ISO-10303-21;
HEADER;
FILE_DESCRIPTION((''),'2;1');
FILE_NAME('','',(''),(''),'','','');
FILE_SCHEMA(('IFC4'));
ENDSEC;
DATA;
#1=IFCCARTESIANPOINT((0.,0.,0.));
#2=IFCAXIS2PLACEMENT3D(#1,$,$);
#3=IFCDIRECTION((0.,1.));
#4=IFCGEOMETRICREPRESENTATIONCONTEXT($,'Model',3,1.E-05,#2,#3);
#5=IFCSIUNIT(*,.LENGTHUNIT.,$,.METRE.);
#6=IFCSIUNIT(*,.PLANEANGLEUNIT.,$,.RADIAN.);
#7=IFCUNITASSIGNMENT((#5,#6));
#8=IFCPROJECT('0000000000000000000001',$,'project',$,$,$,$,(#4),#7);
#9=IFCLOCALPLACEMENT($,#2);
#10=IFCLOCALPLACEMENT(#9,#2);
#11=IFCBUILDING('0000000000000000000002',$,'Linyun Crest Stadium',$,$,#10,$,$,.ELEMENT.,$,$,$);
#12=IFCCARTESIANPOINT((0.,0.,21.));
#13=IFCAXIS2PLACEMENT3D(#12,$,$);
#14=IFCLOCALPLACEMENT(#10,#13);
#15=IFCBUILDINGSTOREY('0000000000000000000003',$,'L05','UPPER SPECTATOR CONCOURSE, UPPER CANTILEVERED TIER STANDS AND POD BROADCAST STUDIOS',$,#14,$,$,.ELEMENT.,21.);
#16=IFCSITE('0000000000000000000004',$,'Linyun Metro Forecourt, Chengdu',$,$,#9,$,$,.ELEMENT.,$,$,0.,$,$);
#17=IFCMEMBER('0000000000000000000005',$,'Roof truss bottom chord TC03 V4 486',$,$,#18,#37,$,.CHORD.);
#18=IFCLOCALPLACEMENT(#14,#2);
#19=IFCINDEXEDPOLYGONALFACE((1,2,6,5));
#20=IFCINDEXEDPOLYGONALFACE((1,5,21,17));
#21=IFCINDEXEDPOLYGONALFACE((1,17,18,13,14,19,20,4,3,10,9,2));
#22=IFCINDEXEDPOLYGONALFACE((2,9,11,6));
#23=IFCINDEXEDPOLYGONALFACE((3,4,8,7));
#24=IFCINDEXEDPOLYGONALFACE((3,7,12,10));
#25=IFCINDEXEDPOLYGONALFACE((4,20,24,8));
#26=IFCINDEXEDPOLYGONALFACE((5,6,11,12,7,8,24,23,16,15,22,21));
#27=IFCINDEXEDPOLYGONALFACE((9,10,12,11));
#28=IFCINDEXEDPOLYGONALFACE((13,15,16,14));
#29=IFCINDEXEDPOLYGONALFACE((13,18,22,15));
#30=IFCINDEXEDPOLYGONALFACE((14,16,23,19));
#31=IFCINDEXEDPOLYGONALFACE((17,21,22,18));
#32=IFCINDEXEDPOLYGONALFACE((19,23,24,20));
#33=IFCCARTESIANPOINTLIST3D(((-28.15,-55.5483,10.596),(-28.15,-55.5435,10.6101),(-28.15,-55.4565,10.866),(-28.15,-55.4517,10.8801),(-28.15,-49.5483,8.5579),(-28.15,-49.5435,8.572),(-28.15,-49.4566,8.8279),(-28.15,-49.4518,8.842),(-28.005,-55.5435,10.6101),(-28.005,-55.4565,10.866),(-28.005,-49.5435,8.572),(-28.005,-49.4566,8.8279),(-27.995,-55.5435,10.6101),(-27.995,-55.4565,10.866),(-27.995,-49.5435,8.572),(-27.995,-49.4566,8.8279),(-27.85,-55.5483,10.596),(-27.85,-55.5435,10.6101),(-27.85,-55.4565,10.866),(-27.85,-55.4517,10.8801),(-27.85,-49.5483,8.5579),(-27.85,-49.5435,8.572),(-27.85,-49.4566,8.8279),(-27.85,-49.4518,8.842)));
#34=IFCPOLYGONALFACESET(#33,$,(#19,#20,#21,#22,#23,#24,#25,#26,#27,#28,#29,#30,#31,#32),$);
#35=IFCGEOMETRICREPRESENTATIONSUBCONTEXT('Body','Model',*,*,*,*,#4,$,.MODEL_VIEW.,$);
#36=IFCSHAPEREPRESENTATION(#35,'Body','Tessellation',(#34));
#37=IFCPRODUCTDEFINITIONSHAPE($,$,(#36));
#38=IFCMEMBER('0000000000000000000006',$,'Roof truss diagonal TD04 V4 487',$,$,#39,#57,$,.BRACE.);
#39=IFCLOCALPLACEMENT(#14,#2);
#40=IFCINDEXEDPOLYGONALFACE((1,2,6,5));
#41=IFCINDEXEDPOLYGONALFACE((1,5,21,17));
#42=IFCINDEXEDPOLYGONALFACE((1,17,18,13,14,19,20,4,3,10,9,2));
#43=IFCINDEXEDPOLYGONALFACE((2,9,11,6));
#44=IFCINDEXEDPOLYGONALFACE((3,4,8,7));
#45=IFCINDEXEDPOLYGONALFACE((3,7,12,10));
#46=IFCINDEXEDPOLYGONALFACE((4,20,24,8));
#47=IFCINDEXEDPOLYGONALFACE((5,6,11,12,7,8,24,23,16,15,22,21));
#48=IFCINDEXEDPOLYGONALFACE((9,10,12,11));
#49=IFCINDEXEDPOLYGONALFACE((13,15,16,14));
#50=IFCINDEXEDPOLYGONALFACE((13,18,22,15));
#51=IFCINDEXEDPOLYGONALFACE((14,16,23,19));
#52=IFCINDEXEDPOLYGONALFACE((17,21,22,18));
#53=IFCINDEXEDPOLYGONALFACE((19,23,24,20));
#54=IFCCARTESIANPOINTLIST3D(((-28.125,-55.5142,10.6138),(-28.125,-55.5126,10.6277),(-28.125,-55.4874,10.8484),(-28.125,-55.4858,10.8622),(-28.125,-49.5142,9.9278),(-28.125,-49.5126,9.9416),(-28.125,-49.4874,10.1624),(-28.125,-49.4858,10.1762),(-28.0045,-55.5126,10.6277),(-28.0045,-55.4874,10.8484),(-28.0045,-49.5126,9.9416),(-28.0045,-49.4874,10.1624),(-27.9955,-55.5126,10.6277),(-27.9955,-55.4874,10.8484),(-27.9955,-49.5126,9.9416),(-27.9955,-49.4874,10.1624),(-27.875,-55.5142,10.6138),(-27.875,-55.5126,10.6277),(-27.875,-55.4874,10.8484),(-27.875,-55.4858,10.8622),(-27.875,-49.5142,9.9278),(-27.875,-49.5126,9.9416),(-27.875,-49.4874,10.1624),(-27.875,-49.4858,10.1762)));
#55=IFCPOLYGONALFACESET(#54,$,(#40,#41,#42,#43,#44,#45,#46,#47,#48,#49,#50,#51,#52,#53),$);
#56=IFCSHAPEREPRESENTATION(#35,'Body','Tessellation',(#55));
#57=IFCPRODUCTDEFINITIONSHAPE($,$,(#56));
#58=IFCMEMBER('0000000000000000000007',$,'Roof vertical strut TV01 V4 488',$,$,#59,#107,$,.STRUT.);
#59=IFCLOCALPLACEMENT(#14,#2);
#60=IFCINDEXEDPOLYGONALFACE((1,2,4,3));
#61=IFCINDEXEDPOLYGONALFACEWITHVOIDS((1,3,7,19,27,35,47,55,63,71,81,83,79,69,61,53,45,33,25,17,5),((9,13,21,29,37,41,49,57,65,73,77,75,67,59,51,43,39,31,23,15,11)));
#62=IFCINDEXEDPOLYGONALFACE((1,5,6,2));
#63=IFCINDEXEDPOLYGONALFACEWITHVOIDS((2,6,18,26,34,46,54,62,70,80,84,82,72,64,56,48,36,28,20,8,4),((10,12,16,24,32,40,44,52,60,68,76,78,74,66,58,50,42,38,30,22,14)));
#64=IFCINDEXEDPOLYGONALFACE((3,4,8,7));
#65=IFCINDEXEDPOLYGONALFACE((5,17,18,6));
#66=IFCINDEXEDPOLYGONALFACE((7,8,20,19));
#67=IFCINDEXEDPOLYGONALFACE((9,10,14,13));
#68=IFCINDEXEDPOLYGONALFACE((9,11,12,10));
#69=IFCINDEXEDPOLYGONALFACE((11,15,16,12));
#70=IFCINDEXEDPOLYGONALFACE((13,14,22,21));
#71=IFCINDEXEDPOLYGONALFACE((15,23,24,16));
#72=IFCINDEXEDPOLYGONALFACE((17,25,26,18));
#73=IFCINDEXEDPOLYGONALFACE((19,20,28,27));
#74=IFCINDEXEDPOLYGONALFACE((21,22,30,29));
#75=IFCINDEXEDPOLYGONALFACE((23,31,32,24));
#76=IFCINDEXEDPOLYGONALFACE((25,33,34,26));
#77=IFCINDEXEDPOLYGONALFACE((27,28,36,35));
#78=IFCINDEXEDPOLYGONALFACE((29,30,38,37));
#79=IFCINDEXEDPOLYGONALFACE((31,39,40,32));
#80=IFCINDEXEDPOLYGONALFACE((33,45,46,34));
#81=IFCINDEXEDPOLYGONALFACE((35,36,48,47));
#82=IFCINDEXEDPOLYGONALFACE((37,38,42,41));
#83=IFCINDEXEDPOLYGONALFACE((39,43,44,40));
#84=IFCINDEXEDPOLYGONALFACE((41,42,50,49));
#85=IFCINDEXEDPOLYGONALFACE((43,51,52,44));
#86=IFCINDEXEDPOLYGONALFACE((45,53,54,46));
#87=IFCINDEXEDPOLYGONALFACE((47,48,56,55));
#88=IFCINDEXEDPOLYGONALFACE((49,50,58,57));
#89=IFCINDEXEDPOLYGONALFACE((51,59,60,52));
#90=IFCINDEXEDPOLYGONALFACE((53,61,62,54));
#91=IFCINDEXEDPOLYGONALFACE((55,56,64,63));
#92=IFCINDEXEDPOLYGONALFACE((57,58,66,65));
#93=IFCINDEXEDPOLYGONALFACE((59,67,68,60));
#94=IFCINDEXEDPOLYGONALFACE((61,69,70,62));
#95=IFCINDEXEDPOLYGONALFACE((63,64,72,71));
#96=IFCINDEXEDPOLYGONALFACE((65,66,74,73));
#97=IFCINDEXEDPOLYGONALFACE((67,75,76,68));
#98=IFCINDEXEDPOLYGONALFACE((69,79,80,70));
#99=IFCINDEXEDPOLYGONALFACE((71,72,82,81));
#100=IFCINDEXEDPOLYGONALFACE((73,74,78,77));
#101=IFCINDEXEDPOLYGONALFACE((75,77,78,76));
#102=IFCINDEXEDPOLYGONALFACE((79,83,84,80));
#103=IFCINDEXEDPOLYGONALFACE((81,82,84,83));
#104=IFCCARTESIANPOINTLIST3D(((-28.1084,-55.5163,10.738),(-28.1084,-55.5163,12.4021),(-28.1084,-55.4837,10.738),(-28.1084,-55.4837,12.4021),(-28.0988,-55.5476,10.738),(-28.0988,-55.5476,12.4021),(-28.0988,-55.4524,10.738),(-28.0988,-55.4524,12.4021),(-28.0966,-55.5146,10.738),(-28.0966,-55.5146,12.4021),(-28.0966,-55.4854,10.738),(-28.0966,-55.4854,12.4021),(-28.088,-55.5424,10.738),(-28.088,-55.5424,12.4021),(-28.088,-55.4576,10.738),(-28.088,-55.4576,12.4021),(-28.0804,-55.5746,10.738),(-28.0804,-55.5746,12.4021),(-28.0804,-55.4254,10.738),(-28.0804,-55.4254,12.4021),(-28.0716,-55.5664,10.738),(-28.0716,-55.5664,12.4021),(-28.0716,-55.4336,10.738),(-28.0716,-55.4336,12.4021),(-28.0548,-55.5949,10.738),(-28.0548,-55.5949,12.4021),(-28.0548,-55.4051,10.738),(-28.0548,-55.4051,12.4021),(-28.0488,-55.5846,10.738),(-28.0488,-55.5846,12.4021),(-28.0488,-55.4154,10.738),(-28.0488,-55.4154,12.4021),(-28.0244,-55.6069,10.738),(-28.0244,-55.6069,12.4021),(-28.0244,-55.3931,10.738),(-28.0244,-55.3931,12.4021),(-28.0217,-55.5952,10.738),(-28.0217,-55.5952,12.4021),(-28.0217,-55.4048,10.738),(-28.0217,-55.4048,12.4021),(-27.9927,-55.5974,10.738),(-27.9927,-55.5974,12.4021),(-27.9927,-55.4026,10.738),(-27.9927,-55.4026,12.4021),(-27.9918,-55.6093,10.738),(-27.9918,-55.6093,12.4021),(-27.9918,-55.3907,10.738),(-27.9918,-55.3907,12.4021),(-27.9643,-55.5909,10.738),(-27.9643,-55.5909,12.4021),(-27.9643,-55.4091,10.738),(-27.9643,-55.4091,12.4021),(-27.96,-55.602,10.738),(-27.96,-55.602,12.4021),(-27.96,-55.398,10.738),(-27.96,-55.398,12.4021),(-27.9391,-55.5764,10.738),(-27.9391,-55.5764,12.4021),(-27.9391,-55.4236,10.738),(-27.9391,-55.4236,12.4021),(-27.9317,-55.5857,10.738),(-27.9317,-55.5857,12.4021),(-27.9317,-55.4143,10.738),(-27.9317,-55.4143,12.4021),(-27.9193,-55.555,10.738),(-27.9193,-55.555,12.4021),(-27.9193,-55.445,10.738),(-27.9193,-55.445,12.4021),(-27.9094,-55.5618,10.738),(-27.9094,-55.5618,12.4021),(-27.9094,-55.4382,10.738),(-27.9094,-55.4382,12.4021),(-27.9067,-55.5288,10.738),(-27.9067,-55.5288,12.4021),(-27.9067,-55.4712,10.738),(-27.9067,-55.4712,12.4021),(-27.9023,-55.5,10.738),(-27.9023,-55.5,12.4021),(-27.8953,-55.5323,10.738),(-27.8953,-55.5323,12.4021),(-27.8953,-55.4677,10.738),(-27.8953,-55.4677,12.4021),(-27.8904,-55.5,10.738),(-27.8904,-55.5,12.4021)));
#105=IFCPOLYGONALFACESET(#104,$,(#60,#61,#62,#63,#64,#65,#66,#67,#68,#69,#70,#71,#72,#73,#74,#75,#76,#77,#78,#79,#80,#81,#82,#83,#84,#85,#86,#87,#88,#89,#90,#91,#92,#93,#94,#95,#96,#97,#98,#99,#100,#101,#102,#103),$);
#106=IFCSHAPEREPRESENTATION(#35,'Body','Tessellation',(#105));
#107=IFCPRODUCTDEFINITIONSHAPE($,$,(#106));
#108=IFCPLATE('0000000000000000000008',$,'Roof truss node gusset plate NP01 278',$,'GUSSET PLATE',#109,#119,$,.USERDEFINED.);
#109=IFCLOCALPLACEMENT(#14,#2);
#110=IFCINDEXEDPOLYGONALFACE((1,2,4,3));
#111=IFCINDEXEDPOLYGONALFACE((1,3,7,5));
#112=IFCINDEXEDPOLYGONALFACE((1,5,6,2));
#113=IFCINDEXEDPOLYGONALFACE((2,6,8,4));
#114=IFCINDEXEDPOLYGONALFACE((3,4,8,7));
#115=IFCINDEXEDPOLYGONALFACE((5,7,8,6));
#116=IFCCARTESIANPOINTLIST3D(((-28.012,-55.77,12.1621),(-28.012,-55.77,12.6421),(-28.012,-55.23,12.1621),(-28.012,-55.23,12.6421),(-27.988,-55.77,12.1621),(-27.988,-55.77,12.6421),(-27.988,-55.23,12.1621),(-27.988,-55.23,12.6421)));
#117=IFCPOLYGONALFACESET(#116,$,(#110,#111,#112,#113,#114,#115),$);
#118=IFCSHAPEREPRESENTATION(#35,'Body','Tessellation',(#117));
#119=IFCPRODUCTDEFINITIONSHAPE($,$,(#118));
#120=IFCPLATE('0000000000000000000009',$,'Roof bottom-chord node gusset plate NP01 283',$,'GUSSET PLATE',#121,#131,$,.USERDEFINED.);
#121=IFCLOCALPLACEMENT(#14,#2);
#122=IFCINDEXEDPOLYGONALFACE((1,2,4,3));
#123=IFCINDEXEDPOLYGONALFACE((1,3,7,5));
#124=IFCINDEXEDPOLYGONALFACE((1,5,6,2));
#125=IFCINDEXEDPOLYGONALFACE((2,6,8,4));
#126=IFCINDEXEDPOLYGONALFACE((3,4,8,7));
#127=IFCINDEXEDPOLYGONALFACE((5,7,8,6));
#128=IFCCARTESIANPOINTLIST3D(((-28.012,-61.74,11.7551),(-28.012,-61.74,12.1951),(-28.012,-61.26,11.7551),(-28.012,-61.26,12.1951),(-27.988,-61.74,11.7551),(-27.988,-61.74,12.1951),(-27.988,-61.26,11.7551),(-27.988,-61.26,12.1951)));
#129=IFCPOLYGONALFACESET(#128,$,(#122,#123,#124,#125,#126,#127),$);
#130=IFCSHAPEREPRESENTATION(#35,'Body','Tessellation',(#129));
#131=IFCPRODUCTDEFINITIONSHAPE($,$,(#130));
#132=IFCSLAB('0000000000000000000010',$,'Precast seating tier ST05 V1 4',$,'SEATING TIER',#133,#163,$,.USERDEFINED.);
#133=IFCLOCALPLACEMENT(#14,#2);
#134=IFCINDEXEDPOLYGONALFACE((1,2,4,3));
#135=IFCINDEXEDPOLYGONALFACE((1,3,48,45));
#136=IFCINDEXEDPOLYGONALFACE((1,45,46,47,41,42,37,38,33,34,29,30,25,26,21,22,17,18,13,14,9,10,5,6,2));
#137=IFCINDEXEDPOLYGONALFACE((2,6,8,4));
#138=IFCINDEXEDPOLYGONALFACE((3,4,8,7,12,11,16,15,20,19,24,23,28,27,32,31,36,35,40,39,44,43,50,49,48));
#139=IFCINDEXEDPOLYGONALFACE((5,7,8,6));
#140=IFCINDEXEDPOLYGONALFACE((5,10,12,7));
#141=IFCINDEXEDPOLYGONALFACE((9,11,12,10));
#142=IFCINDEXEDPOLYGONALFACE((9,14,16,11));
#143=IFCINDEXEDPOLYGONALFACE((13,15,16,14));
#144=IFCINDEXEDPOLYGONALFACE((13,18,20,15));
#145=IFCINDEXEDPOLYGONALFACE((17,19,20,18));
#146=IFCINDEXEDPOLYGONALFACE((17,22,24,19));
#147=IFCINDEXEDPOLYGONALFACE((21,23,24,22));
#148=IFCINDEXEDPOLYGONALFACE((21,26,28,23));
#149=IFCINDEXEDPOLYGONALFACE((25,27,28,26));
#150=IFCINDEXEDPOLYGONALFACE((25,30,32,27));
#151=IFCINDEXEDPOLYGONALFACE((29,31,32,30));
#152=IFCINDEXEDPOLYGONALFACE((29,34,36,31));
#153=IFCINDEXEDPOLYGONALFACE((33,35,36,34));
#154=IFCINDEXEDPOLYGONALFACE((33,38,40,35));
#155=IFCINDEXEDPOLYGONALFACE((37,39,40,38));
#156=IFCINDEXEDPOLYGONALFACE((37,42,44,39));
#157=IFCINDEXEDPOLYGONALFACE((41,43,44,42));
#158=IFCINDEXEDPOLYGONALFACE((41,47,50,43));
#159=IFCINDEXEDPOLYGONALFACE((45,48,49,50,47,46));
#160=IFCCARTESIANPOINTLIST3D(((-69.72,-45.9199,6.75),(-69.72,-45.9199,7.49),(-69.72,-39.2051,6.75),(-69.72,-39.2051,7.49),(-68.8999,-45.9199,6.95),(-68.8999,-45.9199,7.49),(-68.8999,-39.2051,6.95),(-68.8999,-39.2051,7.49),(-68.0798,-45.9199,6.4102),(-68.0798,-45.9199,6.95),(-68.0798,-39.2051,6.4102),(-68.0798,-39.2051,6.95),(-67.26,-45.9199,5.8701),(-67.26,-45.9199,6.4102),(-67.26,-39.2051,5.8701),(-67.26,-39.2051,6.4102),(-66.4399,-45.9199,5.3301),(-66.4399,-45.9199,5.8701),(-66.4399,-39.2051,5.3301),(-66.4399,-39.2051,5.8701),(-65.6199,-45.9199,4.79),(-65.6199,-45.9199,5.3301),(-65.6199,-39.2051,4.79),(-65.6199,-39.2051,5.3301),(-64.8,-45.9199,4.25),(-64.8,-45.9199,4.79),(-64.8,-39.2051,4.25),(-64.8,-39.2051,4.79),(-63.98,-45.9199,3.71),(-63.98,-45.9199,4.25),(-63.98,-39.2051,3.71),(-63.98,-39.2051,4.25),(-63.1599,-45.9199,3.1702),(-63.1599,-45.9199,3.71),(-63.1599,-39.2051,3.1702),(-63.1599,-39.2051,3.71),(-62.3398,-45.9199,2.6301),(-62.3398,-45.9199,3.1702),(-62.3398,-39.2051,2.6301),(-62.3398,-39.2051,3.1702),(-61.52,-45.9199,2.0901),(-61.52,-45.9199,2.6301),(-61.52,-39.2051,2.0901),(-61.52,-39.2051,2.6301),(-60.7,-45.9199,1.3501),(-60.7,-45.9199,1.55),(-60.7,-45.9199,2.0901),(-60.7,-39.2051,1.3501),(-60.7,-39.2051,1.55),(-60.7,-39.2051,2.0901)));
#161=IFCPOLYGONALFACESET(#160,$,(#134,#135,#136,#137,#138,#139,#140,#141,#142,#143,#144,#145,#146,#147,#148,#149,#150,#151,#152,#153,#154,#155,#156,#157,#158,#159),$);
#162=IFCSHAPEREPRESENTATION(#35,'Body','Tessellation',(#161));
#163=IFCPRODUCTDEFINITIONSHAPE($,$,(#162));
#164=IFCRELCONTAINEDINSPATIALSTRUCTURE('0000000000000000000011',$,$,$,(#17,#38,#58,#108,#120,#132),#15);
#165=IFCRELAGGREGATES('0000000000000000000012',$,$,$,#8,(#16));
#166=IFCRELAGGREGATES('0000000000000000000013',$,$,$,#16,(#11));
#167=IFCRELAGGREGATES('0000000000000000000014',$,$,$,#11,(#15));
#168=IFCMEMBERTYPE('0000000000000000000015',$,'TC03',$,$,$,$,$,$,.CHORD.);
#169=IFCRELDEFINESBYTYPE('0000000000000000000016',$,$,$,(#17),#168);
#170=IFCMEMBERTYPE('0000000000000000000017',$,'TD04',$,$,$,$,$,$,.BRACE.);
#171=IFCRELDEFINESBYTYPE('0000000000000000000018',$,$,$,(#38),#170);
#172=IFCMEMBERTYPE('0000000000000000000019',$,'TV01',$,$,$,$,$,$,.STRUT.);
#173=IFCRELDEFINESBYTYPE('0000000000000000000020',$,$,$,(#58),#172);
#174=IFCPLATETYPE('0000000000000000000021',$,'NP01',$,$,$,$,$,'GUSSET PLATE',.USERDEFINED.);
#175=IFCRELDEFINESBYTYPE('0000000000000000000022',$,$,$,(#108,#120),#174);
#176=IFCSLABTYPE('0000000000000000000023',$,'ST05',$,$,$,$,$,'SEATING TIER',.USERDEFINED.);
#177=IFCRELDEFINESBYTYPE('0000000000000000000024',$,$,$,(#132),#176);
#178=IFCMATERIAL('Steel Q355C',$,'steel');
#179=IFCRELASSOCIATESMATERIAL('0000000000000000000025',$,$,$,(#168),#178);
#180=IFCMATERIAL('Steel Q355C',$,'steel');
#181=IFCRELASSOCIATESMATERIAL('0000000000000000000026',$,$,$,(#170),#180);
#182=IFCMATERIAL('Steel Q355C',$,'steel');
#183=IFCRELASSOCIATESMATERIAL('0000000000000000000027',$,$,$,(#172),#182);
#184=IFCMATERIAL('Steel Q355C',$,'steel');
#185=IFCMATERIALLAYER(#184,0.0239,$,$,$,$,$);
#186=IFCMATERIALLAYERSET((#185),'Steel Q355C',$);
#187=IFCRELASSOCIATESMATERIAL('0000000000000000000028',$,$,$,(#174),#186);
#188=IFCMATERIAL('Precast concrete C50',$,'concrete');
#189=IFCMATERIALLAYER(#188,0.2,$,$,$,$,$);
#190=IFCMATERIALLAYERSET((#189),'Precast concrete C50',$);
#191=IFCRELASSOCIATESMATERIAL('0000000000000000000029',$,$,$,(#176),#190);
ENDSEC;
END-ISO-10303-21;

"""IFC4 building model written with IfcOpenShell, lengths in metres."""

from ifc_helpers import new_model, si_unit, direction, frame, origin, origin_2d, place, context, subcontext, project, spatial, polyline, rectangle, hollow_circle, i_section, outline, extrude, material, layer, layer_set, material_profile, profile_set, type_object, element, save


model = new_model("IFC4")

# Units and contexts
model_context = context("Model", 3, precision=1e-05, world=origin(), true_north=direction((0.0, 1.0)))
body_context = subcontext(model_context, "Body", "Model", "MODEL_VIEW")
ifc_project = project(units=[si_unit("LENGTHUNIT", "METRE"), si_unit("PLANEANGLEUNIT", "RADIAN")], contexts=[model_context])

# Site, building, storey
site_placement = place(None, origin())
site = spatial("IfcSite", under=ifc_project, at=site_placement, Name="Linyun Metro Forecourt, Chengdu", CompositionType="ELEMENT", RefElevation=0.0)
building_placement = place(site_placement, origin())
building = spatial("IfcBuilding", under=site, at=building_placement, Name="Linyun Crest Stadium", CompositionType="ELEMENT")
storey_placement = place(building_placement, frame((0.0, 0.0, 21.0)))
storey = spatial("IfcBuildingStorey", under=building, at=storey_placement, Name="L05", Description="UPPER SPECTATOR CONCOURSE, UPPER CANTILEVERED TIER STANDS AND POD BROADCAST STUDIOS", CompositionType="ELEMENT", Elevation=21.0)

# Members
ifc_material_1 = material(Name="Steel Q355C", Category="steel")
ifc_material_profile_1 = material_profile(ifc_material_1, i_section(OverallWidth=0.3, OverallDepth=0.3, WebThickness=0.01, FlangeThickness=0.0149, at=origin_2d()), Name="HW 300x300")
ifc_profile_set_1 = profile_set([ifc_material_profile_1], Name="Steel Q355C")
member_type_1 = type_object("IfcMemberType", Name="TC03", PredefinedType="CHORD", material=ifc_profile_set_1)
member_1_placement = place(storey_placement, frame((-28.0, -55.5, 10.738), z_axis=(0.0, 0.946865, -0.321632), x_axis=(-1.0, 0.0, 0.0)))
element("IfcMember", 1, at=member_1_placement, inside=storey, type_object=member_type_1, Name="Roof truss bottom chord TC03 V4 486", PredefinedType="CHORD", context=body_context, shape_type="SweptSolid", body=[
    extrude(i_section(OverallWidth=0.3, OverallDepth=0.3, WebThickness=0.01, FlangeThickness=0.0149, at=origin_2d()), origin(), (0.0, 0.0, 1.0), 6.3367),
])
ifc_material_2 = material(Name="Steel Q355C", Category="steel")
ifc_material_profile_2 = material_profile(ifc_material_2, i_section(OverallWidth=0.25, OverallDepth=0.25, WebThickness=0.009, FlangeThickness=0.0139, at=origin_2d()), Name="HW 250x250")
ifc_profile_set_2 = profile_set([ifc_material_profile_2], Name="Steel Q355C")
member_type_2 = type_object("IfcMemberType", Name="TD04", PredefinedType="BRACE", material=ifc_profile_set_2)
member_2_placement = place(storey_placement, frame((-28.0, -55.5, 10.738), z_axis=(0.0, 0.993527, -0.113599), x_axis=(-1.0, 0.0, 0.0)))
element("IfcMember", 2, at=member_2_placement, inside=storey, type_object=member_type_2, Name="Roof truss diagonal TD04 V4 487", PredefinedType="BRACE", context=body_context, shape_type="SweptSolid", body=[
    extrude(i_section(OverallWidth=0.25, OverallDepth=0.25, WebThickness=0.009, FlangeThickness=0.0139, at=origin_2d()), origin(), (0.0, 0.0, 1.0), 6.0391),
])
ifc_material_3 = material(Name="Steel Q355C", Category="steel")
ifc_material_profile_3 = material_profile(ifc_material_3, hollow_circle(Radius=0.1096, WallThickness=0.012, at=origin_2d()), Name="CHS 219x12")
ifc_profile_set_3 = profile_set([ifc_material_profile_3], Name="Steel Q355C")
member_type_3 = type_object("IfcMemberType", Name="TV01", PredefinedType="STRUT", material=ifc_profile_set_3)
member_3_placement = place(storey_placement, frame((-28.0, -55.5, 10.738), z_axis=(0.0, 0.0, 1.0), x_axis=(1.0, 0.0, 0.0)))
element("IfcMember", 3, at=member_3_placement, inside=storey, type_object=member_type_3, Name="Roof vertical strut TV01 V4 488", PredefinedType="STRUT", context=body_context, shape_type="SweptSolid", body=[
    extrude(hollow_circle(Radius=0.1096, WallThickness=0.012, at=origin_2d()), origin(), (0.0, 0.0, 1.0), 1.6641),
])

# Plates
ifc_material_4 = material(Name="Steel Q355C", Category="steel")
ifc_layer_1 = layer(ifc_material_4, 0.0239)
ifc_layer_set_1 = layer_set([ifc_layer_1], Name="Steel Q355C")
plate_type = type_object("IfcPlateType", Name="NP01", ElementType="GUSSET PLATE", PredefinedType="USERDEFINED", material=ifc_layer_set_1)
plate_1_placement = place(storey_placement, frame((-28.0, -55.5, 12.1621), z_axis=(0.0, 0.0, 1.0), x_axis=(0.0, 1.0, 0.0)))
element("IfcPlate", 4, at=plate_1_placement, inside=storey, type_object=plate_type, Name="Roof truss node gusset plate NP01 278", ObjectType="GUSSET PLATE", PredefinedType="USERDEFINED", context=body_context, shape_type="SweptSolid", body=[
    extrude(rectangle(XDim=0.54, YDim=0.0239, at=origin_2d()), origin(), (0.0, 0.0, 1.0), 0.48),
])
plate_2_placement = place(storey_placement, frame((-28.0, -61.5, 11.7551), z_axis=(0.0, 0.0, 1.0), x_axis=(0.0, 1.0, 0.0)))
element("IfcPlate", 5, at=plate_2_placement, inside=storey, type_object=plate_type, Name="Roof bottom-chord node gusset plate NP01 283", ObjectType="GUSSET PLATE", PredefinedType="USERDEFINED", context=body_context, shape_type="SweptSolid", body=[
    extrude(rectangle(XDim=0.48, YDim=0.0239, at=origin_2d()), origin(), (0.0, 0.0, 1.0), 0.4399),
])

# Slab
ifc_material_5 = material(Name="Precast concrete C50", Category="concrete")
ifc_layer_2 = layer(ifc_material_5, 0.2)
ifc_layer_set_2 = layer_set([ifc_layer_2], Name="Precast concrete C50")
slab_type = type_object("IfcSlabType", Name="ST05", ElementType="SEATING TIER", PredefinedType="USERDEFINED", material=ifc_layer_set_2)
slab_placement = place(storey_placement, frame((-60.7, -45.9199, 1.55), z_axis=(0.0, 0.0, 1.0), x_axis=(-1.0, 0.0, 0.0)))
element("IfcSlab", 6, at=slab_placement, inside=storey, type_object=slab_type, Name="Precast seating tier ST05 V1 4", ObjectType="SEATING TIER", PredefinedType="USERDEFINED", context=body_context, shape_type="SweptSolid", body=[
    extrude(outline(polyline([(0.0, 0.0), (0.0, 0.54), (0.8201, 0.54), (0.8201, 1.0801), (1.6399, 1.0801), (1.6399, 1.6201), (2.46, 1.6201), (2.46, 2.1599), (3.28, 2.1599), (3.28, 2.7), (4.1001, 2.7), (4.1001, 3.24), (4.9199, 3.24), (4.9199, 3.78), (5.74, 3.78), (5.74, 4.3201), (6.5601, 4.3201), (6.5601, 4.8601), (7.3799, 4.8601), (7.3799, 5.3999), (8.2, 5.3999), (8.2, 5.9399), (9.02, 5.9399), (9.02, 5.2), (0.0, -0.2), (0.0, 0.0)])), frame((0.0, 0.0, 0.0), z_axis=(0.0, -1.0, 0.0), x_axis=(1.0, 0.0, 0.0)), (0.0, 0.0, 1.0), 6.7148),
])

save(model, "model.ifc")
